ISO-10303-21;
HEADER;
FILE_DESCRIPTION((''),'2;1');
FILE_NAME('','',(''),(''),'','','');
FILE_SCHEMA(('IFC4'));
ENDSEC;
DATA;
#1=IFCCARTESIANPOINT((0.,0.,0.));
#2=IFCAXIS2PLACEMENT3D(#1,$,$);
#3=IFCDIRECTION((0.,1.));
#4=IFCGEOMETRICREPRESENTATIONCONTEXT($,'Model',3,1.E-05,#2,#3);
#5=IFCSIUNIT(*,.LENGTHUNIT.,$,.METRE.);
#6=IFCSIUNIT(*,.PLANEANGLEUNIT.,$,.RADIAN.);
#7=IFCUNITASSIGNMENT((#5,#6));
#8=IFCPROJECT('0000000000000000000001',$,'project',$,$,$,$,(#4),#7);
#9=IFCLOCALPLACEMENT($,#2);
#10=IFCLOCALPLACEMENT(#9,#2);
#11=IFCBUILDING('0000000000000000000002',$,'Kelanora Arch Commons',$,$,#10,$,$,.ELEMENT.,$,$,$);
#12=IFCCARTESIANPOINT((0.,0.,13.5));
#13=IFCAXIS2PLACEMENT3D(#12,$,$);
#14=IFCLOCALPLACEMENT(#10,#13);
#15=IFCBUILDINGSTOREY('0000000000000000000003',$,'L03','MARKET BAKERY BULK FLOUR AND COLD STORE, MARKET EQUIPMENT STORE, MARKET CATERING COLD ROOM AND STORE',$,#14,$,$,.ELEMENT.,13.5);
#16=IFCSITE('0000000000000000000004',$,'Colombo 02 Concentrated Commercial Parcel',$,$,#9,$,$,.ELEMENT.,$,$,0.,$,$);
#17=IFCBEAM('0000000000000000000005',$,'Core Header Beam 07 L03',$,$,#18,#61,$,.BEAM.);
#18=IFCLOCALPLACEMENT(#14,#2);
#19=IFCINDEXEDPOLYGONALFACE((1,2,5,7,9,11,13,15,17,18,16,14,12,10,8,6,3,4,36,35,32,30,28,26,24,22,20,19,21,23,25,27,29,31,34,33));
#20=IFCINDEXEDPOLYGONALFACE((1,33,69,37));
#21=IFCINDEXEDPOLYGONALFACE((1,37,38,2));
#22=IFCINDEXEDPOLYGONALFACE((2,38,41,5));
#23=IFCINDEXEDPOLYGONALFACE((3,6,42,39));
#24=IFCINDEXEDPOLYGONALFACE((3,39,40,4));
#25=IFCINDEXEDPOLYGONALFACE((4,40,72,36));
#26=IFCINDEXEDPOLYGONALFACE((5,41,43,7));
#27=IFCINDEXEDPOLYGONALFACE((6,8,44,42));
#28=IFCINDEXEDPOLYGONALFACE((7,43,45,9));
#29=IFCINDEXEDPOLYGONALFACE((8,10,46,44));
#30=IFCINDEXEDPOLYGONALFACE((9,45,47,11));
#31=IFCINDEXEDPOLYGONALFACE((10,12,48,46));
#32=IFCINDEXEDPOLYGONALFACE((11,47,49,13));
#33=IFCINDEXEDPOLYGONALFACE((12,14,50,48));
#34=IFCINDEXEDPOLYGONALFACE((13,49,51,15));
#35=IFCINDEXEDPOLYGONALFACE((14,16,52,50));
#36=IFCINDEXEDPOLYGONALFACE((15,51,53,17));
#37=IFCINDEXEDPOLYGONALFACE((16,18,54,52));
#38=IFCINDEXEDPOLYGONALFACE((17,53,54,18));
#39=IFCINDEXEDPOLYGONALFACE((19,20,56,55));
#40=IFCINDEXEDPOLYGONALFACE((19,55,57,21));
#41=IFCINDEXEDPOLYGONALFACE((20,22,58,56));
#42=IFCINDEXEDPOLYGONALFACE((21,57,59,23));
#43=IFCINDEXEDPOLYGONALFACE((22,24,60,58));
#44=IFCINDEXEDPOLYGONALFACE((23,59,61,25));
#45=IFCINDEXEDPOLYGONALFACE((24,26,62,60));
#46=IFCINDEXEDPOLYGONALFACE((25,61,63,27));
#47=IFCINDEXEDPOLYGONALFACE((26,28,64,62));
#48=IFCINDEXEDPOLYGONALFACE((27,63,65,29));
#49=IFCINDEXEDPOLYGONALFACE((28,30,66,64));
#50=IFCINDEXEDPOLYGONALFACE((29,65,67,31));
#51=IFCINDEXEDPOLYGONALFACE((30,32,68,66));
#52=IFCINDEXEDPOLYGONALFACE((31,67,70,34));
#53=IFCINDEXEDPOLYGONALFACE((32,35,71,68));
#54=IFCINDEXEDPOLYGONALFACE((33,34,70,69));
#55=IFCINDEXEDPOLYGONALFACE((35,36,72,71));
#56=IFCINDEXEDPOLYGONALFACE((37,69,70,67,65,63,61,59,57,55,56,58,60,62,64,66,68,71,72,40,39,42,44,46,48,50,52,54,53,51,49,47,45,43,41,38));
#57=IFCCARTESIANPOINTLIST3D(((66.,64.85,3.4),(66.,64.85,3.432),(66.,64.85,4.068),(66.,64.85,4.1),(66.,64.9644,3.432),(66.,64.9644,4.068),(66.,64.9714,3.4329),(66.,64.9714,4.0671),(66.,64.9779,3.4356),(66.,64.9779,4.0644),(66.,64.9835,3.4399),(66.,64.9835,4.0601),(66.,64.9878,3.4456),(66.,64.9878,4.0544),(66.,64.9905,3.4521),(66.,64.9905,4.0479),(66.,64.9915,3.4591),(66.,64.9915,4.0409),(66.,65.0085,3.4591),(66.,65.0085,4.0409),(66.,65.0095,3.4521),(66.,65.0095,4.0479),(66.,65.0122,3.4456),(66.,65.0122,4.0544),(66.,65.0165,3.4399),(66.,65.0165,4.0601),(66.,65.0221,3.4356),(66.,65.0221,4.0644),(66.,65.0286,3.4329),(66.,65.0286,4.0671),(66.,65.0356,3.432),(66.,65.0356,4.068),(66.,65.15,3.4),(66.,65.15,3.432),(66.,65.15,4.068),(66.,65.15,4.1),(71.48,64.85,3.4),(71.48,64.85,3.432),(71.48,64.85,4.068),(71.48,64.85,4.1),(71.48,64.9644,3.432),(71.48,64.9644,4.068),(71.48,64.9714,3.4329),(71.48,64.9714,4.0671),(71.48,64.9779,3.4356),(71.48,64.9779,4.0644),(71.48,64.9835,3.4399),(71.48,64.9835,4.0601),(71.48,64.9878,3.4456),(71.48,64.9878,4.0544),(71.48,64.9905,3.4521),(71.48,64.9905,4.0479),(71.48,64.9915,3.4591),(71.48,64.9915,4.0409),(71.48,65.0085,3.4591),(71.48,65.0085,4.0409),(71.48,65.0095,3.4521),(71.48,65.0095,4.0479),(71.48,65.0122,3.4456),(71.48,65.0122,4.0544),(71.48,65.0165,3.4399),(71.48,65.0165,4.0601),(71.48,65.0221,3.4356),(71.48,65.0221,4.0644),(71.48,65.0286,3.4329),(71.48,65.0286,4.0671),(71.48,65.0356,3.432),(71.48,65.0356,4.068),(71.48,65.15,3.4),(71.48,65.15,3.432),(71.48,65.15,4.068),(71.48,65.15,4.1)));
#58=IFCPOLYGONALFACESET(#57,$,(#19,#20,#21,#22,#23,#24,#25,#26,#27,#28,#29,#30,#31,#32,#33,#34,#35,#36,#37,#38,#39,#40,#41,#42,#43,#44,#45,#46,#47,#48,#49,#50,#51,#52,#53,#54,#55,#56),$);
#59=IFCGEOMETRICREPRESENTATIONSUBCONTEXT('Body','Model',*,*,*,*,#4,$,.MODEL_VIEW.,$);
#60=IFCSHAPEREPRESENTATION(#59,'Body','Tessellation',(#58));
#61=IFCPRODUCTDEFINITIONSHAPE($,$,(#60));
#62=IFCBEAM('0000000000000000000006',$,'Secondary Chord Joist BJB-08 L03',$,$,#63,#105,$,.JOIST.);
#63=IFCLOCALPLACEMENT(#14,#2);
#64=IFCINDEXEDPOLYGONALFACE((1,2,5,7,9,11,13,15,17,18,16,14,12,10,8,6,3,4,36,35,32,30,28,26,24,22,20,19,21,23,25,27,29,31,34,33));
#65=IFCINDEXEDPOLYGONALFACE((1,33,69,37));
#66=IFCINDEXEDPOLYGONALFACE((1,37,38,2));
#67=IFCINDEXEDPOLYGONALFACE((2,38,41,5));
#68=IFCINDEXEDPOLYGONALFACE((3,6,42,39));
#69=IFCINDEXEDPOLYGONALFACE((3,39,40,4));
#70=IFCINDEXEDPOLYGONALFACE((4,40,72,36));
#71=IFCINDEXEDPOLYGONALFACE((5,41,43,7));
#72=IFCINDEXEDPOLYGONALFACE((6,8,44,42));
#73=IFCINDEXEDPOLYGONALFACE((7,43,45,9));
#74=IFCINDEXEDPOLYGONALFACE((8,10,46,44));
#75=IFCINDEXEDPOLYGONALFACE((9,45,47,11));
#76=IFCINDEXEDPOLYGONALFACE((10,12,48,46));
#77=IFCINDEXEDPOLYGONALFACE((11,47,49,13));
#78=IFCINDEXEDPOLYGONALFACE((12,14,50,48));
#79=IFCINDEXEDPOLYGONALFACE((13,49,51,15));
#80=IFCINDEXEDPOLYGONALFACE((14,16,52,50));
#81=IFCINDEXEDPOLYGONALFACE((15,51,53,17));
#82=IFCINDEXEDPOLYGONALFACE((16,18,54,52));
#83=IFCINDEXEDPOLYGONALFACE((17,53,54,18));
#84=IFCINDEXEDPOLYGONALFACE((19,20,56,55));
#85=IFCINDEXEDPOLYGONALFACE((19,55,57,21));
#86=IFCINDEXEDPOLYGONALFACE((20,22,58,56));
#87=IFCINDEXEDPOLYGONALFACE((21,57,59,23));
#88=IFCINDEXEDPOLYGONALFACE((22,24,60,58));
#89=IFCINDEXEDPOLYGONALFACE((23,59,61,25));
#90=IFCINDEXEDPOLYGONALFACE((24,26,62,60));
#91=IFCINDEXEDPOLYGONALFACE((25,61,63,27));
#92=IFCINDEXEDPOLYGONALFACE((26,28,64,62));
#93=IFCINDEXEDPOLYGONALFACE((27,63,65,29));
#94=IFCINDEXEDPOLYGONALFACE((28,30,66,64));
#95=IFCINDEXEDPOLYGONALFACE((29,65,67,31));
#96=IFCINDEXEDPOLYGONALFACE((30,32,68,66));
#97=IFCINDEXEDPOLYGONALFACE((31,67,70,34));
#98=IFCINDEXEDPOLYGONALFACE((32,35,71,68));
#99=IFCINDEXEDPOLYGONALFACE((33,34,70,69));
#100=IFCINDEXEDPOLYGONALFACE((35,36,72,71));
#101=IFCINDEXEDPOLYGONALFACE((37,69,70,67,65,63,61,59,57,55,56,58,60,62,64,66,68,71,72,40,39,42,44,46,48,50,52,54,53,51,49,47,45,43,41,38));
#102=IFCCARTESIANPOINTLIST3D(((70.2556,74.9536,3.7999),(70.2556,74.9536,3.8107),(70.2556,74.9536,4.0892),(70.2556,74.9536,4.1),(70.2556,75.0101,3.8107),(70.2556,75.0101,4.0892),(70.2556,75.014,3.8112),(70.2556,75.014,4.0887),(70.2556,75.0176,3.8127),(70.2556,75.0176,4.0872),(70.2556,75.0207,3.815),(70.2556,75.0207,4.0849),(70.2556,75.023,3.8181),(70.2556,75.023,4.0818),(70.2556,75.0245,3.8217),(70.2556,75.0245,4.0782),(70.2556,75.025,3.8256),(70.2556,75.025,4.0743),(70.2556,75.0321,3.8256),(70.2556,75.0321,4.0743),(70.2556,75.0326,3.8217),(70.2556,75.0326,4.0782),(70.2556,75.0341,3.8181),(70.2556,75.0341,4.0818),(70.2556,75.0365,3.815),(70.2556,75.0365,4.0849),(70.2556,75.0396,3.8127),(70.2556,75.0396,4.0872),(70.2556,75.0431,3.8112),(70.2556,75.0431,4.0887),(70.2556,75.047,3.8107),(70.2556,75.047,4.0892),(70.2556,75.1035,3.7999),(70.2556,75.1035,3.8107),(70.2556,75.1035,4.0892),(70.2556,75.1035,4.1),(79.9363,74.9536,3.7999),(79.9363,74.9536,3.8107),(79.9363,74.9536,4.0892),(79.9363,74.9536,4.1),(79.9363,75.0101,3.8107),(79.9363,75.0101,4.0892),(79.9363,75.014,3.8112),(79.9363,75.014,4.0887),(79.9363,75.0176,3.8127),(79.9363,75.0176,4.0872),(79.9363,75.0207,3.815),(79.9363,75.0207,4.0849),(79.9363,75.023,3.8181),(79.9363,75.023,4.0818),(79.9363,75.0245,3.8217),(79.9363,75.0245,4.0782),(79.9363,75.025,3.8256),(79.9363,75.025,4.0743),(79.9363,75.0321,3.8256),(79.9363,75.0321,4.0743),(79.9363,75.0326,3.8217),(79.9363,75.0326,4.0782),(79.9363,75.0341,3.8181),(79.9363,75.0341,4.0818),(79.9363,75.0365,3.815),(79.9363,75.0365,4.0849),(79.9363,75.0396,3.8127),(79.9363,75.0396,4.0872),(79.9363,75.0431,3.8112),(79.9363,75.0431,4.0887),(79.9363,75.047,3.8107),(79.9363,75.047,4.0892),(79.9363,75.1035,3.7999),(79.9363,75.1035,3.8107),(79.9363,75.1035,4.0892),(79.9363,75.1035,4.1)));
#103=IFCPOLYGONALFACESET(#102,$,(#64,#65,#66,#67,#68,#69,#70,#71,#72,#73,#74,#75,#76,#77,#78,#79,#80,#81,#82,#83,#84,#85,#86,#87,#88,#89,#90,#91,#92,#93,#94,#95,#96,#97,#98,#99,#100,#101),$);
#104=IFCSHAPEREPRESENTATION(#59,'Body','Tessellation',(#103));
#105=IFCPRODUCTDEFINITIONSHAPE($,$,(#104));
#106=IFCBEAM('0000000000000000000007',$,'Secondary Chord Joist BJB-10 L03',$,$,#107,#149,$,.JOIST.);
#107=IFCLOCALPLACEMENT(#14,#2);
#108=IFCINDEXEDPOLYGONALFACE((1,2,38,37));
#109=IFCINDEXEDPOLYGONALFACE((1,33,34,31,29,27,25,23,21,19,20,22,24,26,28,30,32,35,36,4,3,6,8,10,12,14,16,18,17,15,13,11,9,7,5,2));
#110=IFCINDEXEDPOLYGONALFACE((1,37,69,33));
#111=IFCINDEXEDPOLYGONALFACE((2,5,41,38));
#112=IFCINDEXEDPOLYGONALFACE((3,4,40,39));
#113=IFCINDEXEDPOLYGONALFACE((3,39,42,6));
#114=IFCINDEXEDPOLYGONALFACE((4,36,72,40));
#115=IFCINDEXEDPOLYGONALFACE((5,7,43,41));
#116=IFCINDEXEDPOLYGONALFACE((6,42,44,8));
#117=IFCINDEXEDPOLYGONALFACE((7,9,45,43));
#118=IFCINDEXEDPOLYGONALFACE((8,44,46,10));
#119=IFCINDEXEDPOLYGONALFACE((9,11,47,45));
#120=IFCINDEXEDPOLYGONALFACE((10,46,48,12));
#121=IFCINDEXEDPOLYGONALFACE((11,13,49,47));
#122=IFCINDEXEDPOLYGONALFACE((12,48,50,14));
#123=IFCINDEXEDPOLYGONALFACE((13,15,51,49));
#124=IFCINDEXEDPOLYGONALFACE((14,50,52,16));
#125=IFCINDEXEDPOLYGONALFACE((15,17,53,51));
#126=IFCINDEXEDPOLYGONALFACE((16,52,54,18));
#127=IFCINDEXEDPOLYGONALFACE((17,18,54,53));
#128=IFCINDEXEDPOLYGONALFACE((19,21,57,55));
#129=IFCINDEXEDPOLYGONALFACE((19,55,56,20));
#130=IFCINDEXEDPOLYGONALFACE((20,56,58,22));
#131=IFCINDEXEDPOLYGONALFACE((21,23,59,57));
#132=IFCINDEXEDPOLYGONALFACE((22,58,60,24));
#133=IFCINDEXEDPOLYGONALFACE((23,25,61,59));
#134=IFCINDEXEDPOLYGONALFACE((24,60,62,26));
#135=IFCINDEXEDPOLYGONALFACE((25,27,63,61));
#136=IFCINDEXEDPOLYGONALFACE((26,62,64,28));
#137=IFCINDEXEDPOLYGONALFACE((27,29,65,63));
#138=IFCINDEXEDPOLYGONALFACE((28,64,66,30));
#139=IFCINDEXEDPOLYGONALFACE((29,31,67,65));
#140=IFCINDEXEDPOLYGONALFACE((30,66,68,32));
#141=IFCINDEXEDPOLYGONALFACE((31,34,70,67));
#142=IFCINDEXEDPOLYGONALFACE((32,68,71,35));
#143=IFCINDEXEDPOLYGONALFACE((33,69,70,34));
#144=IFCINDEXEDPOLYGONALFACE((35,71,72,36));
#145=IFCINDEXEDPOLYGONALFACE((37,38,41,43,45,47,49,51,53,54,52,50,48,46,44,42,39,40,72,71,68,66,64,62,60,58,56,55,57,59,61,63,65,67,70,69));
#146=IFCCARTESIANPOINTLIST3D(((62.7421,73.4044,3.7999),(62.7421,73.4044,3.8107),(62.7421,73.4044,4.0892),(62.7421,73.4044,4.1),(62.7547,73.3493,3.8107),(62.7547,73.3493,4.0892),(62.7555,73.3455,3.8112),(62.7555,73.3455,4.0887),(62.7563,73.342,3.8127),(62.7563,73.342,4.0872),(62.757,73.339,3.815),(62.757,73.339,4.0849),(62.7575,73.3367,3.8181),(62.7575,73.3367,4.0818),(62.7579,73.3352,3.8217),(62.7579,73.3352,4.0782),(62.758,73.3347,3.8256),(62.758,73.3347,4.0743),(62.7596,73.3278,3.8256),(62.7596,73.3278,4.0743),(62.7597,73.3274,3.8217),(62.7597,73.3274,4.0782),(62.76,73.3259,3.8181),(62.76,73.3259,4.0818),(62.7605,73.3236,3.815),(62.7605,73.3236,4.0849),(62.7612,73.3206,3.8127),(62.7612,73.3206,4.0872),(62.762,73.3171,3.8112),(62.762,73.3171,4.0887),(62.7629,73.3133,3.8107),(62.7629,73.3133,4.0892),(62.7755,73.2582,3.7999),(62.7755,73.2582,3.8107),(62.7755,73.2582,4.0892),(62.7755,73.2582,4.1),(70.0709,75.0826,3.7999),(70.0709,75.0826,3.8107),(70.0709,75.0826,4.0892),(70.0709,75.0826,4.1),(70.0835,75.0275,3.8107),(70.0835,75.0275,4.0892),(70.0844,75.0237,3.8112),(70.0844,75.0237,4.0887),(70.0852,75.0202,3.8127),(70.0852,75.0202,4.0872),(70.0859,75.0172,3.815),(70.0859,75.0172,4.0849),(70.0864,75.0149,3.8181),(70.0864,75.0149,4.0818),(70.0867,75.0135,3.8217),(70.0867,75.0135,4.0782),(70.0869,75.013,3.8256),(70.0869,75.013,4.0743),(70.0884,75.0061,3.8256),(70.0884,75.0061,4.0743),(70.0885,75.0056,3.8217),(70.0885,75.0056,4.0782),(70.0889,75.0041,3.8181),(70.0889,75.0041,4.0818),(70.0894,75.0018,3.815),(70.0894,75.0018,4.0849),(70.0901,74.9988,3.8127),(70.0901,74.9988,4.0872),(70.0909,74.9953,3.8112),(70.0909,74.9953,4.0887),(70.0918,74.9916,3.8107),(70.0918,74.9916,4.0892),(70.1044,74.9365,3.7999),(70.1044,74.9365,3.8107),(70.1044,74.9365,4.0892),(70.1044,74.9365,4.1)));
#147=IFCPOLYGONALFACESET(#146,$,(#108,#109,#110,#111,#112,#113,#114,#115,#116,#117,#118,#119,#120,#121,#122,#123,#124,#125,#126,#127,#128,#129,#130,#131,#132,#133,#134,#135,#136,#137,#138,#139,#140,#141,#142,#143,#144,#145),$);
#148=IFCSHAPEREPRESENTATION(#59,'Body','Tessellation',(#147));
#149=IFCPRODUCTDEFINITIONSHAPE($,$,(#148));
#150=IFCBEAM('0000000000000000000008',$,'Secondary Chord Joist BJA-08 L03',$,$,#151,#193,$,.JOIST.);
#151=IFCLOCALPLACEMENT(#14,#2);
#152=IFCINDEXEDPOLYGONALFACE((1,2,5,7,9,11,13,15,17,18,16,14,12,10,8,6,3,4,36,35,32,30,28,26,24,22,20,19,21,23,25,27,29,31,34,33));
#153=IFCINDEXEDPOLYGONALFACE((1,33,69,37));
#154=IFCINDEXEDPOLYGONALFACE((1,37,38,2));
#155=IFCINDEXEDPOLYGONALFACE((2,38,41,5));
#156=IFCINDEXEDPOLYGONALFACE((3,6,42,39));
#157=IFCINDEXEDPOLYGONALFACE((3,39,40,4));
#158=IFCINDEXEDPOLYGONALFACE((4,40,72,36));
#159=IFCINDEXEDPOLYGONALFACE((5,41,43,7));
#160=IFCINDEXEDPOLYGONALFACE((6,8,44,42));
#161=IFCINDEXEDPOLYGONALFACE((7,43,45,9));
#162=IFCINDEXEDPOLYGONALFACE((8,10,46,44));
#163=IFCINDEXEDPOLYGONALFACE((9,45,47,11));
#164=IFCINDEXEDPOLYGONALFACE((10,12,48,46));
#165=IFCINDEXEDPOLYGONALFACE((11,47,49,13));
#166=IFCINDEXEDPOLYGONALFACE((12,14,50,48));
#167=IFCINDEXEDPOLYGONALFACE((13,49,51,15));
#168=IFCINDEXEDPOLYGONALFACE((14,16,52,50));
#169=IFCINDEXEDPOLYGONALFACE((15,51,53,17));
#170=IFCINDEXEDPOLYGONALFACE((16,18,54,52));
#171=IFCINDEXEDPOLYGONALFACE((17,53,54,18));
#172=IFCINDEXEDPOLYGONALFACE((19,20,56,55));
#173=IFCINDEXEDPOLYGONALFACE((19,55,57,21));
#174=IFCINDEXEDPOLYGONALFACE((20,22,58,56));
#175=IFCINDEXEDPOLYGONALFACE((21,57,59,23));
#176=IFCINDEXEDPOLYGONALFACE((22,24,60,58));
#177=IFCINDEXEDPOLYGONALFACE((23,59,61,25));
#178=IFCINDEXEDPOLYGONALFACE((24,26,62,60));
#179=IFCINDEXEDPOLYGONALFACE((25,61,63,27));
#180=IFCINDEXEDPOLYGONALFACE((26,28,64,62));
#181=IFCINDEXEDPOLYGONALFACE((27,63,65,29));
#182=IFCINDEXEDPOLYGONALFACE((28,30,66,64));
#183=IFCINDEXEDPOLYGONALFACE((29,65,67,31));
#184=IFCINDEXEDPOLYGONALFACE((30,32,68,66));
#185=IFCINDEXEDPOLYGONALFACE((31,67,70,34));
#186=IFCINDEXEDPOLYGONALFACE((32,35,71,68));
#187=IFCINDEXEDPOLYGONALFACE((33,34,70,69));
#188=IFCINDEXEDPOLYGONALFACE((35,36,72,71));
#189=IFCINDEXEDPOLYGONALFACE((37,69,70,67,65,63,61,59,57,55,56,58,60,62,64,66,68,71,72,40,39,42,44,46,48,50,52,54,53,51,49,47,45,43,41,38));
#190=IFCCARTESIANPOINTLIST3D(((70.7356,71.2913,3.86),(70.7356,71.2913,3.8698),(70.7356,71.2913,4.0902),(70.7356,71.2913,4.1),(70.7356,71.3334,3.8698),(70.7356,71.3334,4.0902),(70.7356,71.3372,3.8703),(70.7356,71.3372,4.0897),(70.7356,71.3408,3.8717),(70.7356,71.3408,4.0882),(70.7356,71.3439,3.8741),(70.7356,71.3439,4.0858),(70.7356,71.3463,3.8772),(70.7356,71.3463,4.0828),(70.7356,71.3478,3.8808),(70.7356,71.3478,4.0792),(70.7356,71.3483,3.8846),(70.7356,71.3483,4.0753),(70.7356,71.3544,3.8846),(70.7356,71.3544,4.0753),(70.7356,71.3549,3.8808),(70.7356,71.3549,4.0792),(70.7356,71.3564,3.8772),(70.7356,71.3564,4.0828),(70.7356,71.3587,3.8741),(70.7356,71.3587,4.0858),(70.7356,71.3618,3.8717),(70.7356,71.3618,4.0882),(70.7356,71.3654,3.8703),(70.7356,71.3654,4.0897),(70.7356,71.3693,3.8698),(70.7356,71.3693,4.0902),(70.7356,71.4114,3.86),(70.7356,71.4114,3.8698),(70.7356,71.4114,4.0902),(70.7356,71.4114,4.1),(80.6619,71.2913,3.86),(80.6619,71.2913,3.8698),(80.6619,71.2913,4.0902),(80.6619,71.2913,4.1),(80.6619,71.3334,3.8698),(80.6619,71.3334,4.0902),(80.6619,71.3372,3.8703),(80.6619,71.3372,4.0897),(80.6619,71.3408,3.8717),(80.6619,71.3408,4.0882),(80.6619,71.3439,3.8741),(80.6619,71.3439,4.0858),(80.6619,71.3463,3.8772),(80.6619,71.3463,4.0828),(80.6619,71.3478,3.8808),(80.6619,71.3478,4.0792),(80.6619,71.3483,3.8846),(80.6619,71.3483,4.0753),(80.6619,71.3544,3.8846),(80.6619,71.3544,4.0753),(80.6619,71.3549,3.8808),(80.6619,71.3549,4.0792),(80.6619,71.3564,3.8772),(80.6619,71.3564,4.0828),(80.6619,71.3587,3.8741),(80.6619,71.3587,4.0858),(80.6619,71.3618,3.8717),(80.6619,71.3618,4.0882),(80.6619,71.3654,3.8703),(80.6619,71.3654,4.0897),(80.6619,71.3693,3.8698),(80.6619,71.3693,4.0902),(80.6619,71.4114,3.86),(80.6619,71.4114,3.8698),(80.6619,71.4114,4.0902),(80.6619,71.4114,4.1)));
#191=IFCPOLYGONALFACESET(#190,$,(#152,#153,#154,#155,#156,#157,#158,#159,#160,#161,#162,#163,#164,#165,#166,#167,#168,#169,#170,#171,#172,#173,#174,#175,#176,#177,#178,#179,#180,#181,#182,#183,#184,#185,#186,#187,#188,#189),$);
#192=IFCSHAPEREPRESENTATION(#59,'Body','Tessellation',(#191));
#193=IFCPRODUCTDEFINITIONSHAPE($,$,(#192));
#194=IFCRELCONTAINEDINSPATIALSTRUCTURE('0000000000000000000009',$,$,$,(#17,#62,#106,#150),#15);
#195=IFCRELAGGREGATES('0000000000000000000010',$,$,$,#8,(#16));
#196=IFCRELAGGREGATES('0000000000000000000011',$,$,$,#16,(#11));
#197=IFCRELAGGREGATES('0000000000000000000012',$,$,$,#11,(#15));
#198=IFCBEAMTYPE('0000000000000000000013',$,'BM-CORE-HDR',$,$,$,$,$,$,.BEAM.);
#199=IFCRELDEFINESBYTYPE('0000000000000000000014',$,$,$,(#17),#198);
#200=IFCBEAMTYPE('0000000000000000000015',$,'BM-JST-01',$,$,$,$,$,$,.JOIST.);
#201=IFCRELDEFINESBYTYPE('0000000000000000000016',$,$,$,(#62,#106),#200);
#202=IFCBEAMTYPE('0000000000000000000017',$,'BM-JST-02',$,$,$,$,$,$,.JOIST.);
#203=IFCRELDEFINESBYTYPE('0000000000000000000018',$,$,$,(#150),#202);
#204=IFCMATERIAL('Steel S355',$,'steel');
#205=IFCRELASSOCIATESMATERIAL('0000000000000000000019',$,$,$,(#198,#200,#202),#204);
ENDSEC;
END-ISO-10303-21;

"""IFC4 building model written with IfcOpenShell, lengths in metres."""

from ifc_helpers import new_model, si_unit, direction, frame, origin, origin_2d, place, context, subcontext, project, spatial, i_section, extrude, material, material_profile, profile_set, type_object, element, save


model = new_model("IFC4")

# Units and contexts
model_context = context("Model", 3, precision=1e-05, world=origin(), true_north=direction((0.0, 1.0)))
body_context = subcontext(model_context, "Body", "Model", "MODEL_VIEW")
ifc_project = project(units=[si_unit("LENGTHUNIT", "METRE"), si_unit("PLANEANGLEUNIT", "RADIAN")], contexts=[model_context])

# Site, building, storey
site_placement = place(None, origin())
site = spatial("IfcSite", under=ifc_project, at=site_placement, Name="Colombo 02 Concentrated Commercial Parcel", CompositionType="ELEMENT", RefElevation=0.0)
building_placement = place(site_placement, origin())
building = spatial("IfcBuilding", under=site, at=building_placement, Name="Kelanora Arch Commons", CompositionType="ELEMENT")
storey_placement = place(building_placement, frame((0.0, 0.0, 13.5)))
storey = spatial("IfcBuildingStorey", under=building, at=storey_placement, Name="L03", Description="MARKET BAKERY BULK FLOUR AND COLD STORE, MARKET EQUIPMENT STORE, MARKET CATERING COLD ROOM AND STORE", CompositionType="ELEMENT", Elevation=13.5)

# Beams
ifc_material_1 = material(Name="Steel S355", Category="steel")
ifc_material_profile_1 = material_profile(ifc_material_1, i_section(OverallWidth=0.3, OverallDepth=0.7, WebThickness=0.0171, FlangeThickness=0.032, FilletRadius=0.0271, at=origin_2d()), Name="HEB700")
ifc_profile_set_1 = profile_set([ifc_material_profile_1], Name="Steel S355")
beam_type_1 = type_object("IfcBeamType", Name="BM-CORE-HDR", PredefinedType="BEAM", material=ifc_profile_set_1)
beam_1_placement = place(storey_placement, frame((71.48, 65.0, 3.75), z_axis=(-1.0, 0.0, 0.0), x_axis=(0.0, -1.0, 0.0)))
element("IfcBeam", 1, at=beam_1_placement, inside=storey, type_object=beam_type_1, Name="Core Header Beam 07 L03", PredefinedType="BEAM", context=body_context, shape_type="SweptSolid", body=[
    extrude(i_section(OverallWidth=0.3, OverallDepth=0.7, WebThickness=0.0171, FlangeThickness=0.032, FilletRadius=0.0271, at=origin_2d()), origin(), (0.0, 0.0, 1.0), 5.48),
])
ifc_material_profile_2 = material_profile(ifc_material_1, i_section(OverallWidth=0.1499, OverallDepth=0.3, WebThickness=0.0071, FlangeThickness=0.0107, FilletRadius=0.0149, at=origin_2d()), Name="IPE300")
ifc_profile_set_2 = profile_set([ifc_material_profile_2], Name="Steel S355")
beam_type_2 = type_object("IfcBeamType", Name="BM-JST-01", PredefinedType="JOIST", material=ifc_profile_set_2)
beam_2_placement = place(storey_placement, frame((79.9363, 75.0286, 3.95), z_axis=(-1.0, 0.0, 0.0), x_axis=(0.0, -1.0, 0.0)))
element("IfcBeam", 2, at=beam_2_placement, inside=storey, type_object=beam_type_2, Name="Secondary Chord Joist BJB-08 L03", PredefinedType="JOIST", context=body_context, shape_type="SweptSolid", body=[
    extrude(i_section(OverallWidth=0.1499, OverallDepth=0.3, WebThickness=0.0071, FlangeThickness=0.0107, FilletRadius=0.0149, at=origin_2d()), origin(), (0.0, 0.0, 1.0), 9.6807),
])
beam_3_placement = place(storey_placement, frame((70.0876, 75.0095, 3.95), z_axis=(-0.97477, -0.223211, 0.0), x_axis=(0.223211, -0.97477, 0.0)))
element("IfcBeam", 3, at=beam_3_placement, inside=storey, type_object=beam_type_2, Name="Secondary Chord Joist BJB-10 L03", PredefinedType="JOIST", context=body_context, shape_type="SweptSolid", body=[
    extrude(i_section(OverallWidth=0.1499, OverallDepth=0.3, WebThickness=0.0071, FlangeThickness=0.0107, FilletRadius=0.0149, at=origin_2d()), origin(), (0.0, 0.0, 1.0), 7.5186),
])
ifc_material_profile_3 = material_profile(ifc_material_1, i_section(OverallWidth=0.1201, OverallDepth=0.24, WebThickness=0.0061, FlangeThickness=0.0098, FilletRadius=0.0149, at=origin_2d()), Name="IPE240")
ifc_profile_set_3 = profile_set([ifc_material_profile_3], Name="Steel S355")
beam_type_3 = type_object("IfcBeamType", Name="BM-JST-02", PredefinedType="JOIST", material=ifc_profile_set_3)
beam_4_placement = place(storey_placement, frame((80.6619, 71.3513, 3.98), z_axis=(-1.0, 0.0, 0.0), x_axis=(0.0, -1.0, 0.0)))
element("IfcBeam", 4, at=beam_4_placement, inside=storey, type_object=beam_type_3, Name="Secondary Chord Joist BJA-08 L03", PredefinedType="JOIST", context=body_context, shape_type="SweptSolid", body=[
    extrude(i_section(OverallWidth=0.1201, OverallDepth=0.24, WebThickness=0.0061, FlangeThickness=0.0098, FilletRadius=0.0149, at=origin_2d()), origin(), (0.0, 0.0, 1.0), 9.9263),
])

save(model, "model.ifc")
